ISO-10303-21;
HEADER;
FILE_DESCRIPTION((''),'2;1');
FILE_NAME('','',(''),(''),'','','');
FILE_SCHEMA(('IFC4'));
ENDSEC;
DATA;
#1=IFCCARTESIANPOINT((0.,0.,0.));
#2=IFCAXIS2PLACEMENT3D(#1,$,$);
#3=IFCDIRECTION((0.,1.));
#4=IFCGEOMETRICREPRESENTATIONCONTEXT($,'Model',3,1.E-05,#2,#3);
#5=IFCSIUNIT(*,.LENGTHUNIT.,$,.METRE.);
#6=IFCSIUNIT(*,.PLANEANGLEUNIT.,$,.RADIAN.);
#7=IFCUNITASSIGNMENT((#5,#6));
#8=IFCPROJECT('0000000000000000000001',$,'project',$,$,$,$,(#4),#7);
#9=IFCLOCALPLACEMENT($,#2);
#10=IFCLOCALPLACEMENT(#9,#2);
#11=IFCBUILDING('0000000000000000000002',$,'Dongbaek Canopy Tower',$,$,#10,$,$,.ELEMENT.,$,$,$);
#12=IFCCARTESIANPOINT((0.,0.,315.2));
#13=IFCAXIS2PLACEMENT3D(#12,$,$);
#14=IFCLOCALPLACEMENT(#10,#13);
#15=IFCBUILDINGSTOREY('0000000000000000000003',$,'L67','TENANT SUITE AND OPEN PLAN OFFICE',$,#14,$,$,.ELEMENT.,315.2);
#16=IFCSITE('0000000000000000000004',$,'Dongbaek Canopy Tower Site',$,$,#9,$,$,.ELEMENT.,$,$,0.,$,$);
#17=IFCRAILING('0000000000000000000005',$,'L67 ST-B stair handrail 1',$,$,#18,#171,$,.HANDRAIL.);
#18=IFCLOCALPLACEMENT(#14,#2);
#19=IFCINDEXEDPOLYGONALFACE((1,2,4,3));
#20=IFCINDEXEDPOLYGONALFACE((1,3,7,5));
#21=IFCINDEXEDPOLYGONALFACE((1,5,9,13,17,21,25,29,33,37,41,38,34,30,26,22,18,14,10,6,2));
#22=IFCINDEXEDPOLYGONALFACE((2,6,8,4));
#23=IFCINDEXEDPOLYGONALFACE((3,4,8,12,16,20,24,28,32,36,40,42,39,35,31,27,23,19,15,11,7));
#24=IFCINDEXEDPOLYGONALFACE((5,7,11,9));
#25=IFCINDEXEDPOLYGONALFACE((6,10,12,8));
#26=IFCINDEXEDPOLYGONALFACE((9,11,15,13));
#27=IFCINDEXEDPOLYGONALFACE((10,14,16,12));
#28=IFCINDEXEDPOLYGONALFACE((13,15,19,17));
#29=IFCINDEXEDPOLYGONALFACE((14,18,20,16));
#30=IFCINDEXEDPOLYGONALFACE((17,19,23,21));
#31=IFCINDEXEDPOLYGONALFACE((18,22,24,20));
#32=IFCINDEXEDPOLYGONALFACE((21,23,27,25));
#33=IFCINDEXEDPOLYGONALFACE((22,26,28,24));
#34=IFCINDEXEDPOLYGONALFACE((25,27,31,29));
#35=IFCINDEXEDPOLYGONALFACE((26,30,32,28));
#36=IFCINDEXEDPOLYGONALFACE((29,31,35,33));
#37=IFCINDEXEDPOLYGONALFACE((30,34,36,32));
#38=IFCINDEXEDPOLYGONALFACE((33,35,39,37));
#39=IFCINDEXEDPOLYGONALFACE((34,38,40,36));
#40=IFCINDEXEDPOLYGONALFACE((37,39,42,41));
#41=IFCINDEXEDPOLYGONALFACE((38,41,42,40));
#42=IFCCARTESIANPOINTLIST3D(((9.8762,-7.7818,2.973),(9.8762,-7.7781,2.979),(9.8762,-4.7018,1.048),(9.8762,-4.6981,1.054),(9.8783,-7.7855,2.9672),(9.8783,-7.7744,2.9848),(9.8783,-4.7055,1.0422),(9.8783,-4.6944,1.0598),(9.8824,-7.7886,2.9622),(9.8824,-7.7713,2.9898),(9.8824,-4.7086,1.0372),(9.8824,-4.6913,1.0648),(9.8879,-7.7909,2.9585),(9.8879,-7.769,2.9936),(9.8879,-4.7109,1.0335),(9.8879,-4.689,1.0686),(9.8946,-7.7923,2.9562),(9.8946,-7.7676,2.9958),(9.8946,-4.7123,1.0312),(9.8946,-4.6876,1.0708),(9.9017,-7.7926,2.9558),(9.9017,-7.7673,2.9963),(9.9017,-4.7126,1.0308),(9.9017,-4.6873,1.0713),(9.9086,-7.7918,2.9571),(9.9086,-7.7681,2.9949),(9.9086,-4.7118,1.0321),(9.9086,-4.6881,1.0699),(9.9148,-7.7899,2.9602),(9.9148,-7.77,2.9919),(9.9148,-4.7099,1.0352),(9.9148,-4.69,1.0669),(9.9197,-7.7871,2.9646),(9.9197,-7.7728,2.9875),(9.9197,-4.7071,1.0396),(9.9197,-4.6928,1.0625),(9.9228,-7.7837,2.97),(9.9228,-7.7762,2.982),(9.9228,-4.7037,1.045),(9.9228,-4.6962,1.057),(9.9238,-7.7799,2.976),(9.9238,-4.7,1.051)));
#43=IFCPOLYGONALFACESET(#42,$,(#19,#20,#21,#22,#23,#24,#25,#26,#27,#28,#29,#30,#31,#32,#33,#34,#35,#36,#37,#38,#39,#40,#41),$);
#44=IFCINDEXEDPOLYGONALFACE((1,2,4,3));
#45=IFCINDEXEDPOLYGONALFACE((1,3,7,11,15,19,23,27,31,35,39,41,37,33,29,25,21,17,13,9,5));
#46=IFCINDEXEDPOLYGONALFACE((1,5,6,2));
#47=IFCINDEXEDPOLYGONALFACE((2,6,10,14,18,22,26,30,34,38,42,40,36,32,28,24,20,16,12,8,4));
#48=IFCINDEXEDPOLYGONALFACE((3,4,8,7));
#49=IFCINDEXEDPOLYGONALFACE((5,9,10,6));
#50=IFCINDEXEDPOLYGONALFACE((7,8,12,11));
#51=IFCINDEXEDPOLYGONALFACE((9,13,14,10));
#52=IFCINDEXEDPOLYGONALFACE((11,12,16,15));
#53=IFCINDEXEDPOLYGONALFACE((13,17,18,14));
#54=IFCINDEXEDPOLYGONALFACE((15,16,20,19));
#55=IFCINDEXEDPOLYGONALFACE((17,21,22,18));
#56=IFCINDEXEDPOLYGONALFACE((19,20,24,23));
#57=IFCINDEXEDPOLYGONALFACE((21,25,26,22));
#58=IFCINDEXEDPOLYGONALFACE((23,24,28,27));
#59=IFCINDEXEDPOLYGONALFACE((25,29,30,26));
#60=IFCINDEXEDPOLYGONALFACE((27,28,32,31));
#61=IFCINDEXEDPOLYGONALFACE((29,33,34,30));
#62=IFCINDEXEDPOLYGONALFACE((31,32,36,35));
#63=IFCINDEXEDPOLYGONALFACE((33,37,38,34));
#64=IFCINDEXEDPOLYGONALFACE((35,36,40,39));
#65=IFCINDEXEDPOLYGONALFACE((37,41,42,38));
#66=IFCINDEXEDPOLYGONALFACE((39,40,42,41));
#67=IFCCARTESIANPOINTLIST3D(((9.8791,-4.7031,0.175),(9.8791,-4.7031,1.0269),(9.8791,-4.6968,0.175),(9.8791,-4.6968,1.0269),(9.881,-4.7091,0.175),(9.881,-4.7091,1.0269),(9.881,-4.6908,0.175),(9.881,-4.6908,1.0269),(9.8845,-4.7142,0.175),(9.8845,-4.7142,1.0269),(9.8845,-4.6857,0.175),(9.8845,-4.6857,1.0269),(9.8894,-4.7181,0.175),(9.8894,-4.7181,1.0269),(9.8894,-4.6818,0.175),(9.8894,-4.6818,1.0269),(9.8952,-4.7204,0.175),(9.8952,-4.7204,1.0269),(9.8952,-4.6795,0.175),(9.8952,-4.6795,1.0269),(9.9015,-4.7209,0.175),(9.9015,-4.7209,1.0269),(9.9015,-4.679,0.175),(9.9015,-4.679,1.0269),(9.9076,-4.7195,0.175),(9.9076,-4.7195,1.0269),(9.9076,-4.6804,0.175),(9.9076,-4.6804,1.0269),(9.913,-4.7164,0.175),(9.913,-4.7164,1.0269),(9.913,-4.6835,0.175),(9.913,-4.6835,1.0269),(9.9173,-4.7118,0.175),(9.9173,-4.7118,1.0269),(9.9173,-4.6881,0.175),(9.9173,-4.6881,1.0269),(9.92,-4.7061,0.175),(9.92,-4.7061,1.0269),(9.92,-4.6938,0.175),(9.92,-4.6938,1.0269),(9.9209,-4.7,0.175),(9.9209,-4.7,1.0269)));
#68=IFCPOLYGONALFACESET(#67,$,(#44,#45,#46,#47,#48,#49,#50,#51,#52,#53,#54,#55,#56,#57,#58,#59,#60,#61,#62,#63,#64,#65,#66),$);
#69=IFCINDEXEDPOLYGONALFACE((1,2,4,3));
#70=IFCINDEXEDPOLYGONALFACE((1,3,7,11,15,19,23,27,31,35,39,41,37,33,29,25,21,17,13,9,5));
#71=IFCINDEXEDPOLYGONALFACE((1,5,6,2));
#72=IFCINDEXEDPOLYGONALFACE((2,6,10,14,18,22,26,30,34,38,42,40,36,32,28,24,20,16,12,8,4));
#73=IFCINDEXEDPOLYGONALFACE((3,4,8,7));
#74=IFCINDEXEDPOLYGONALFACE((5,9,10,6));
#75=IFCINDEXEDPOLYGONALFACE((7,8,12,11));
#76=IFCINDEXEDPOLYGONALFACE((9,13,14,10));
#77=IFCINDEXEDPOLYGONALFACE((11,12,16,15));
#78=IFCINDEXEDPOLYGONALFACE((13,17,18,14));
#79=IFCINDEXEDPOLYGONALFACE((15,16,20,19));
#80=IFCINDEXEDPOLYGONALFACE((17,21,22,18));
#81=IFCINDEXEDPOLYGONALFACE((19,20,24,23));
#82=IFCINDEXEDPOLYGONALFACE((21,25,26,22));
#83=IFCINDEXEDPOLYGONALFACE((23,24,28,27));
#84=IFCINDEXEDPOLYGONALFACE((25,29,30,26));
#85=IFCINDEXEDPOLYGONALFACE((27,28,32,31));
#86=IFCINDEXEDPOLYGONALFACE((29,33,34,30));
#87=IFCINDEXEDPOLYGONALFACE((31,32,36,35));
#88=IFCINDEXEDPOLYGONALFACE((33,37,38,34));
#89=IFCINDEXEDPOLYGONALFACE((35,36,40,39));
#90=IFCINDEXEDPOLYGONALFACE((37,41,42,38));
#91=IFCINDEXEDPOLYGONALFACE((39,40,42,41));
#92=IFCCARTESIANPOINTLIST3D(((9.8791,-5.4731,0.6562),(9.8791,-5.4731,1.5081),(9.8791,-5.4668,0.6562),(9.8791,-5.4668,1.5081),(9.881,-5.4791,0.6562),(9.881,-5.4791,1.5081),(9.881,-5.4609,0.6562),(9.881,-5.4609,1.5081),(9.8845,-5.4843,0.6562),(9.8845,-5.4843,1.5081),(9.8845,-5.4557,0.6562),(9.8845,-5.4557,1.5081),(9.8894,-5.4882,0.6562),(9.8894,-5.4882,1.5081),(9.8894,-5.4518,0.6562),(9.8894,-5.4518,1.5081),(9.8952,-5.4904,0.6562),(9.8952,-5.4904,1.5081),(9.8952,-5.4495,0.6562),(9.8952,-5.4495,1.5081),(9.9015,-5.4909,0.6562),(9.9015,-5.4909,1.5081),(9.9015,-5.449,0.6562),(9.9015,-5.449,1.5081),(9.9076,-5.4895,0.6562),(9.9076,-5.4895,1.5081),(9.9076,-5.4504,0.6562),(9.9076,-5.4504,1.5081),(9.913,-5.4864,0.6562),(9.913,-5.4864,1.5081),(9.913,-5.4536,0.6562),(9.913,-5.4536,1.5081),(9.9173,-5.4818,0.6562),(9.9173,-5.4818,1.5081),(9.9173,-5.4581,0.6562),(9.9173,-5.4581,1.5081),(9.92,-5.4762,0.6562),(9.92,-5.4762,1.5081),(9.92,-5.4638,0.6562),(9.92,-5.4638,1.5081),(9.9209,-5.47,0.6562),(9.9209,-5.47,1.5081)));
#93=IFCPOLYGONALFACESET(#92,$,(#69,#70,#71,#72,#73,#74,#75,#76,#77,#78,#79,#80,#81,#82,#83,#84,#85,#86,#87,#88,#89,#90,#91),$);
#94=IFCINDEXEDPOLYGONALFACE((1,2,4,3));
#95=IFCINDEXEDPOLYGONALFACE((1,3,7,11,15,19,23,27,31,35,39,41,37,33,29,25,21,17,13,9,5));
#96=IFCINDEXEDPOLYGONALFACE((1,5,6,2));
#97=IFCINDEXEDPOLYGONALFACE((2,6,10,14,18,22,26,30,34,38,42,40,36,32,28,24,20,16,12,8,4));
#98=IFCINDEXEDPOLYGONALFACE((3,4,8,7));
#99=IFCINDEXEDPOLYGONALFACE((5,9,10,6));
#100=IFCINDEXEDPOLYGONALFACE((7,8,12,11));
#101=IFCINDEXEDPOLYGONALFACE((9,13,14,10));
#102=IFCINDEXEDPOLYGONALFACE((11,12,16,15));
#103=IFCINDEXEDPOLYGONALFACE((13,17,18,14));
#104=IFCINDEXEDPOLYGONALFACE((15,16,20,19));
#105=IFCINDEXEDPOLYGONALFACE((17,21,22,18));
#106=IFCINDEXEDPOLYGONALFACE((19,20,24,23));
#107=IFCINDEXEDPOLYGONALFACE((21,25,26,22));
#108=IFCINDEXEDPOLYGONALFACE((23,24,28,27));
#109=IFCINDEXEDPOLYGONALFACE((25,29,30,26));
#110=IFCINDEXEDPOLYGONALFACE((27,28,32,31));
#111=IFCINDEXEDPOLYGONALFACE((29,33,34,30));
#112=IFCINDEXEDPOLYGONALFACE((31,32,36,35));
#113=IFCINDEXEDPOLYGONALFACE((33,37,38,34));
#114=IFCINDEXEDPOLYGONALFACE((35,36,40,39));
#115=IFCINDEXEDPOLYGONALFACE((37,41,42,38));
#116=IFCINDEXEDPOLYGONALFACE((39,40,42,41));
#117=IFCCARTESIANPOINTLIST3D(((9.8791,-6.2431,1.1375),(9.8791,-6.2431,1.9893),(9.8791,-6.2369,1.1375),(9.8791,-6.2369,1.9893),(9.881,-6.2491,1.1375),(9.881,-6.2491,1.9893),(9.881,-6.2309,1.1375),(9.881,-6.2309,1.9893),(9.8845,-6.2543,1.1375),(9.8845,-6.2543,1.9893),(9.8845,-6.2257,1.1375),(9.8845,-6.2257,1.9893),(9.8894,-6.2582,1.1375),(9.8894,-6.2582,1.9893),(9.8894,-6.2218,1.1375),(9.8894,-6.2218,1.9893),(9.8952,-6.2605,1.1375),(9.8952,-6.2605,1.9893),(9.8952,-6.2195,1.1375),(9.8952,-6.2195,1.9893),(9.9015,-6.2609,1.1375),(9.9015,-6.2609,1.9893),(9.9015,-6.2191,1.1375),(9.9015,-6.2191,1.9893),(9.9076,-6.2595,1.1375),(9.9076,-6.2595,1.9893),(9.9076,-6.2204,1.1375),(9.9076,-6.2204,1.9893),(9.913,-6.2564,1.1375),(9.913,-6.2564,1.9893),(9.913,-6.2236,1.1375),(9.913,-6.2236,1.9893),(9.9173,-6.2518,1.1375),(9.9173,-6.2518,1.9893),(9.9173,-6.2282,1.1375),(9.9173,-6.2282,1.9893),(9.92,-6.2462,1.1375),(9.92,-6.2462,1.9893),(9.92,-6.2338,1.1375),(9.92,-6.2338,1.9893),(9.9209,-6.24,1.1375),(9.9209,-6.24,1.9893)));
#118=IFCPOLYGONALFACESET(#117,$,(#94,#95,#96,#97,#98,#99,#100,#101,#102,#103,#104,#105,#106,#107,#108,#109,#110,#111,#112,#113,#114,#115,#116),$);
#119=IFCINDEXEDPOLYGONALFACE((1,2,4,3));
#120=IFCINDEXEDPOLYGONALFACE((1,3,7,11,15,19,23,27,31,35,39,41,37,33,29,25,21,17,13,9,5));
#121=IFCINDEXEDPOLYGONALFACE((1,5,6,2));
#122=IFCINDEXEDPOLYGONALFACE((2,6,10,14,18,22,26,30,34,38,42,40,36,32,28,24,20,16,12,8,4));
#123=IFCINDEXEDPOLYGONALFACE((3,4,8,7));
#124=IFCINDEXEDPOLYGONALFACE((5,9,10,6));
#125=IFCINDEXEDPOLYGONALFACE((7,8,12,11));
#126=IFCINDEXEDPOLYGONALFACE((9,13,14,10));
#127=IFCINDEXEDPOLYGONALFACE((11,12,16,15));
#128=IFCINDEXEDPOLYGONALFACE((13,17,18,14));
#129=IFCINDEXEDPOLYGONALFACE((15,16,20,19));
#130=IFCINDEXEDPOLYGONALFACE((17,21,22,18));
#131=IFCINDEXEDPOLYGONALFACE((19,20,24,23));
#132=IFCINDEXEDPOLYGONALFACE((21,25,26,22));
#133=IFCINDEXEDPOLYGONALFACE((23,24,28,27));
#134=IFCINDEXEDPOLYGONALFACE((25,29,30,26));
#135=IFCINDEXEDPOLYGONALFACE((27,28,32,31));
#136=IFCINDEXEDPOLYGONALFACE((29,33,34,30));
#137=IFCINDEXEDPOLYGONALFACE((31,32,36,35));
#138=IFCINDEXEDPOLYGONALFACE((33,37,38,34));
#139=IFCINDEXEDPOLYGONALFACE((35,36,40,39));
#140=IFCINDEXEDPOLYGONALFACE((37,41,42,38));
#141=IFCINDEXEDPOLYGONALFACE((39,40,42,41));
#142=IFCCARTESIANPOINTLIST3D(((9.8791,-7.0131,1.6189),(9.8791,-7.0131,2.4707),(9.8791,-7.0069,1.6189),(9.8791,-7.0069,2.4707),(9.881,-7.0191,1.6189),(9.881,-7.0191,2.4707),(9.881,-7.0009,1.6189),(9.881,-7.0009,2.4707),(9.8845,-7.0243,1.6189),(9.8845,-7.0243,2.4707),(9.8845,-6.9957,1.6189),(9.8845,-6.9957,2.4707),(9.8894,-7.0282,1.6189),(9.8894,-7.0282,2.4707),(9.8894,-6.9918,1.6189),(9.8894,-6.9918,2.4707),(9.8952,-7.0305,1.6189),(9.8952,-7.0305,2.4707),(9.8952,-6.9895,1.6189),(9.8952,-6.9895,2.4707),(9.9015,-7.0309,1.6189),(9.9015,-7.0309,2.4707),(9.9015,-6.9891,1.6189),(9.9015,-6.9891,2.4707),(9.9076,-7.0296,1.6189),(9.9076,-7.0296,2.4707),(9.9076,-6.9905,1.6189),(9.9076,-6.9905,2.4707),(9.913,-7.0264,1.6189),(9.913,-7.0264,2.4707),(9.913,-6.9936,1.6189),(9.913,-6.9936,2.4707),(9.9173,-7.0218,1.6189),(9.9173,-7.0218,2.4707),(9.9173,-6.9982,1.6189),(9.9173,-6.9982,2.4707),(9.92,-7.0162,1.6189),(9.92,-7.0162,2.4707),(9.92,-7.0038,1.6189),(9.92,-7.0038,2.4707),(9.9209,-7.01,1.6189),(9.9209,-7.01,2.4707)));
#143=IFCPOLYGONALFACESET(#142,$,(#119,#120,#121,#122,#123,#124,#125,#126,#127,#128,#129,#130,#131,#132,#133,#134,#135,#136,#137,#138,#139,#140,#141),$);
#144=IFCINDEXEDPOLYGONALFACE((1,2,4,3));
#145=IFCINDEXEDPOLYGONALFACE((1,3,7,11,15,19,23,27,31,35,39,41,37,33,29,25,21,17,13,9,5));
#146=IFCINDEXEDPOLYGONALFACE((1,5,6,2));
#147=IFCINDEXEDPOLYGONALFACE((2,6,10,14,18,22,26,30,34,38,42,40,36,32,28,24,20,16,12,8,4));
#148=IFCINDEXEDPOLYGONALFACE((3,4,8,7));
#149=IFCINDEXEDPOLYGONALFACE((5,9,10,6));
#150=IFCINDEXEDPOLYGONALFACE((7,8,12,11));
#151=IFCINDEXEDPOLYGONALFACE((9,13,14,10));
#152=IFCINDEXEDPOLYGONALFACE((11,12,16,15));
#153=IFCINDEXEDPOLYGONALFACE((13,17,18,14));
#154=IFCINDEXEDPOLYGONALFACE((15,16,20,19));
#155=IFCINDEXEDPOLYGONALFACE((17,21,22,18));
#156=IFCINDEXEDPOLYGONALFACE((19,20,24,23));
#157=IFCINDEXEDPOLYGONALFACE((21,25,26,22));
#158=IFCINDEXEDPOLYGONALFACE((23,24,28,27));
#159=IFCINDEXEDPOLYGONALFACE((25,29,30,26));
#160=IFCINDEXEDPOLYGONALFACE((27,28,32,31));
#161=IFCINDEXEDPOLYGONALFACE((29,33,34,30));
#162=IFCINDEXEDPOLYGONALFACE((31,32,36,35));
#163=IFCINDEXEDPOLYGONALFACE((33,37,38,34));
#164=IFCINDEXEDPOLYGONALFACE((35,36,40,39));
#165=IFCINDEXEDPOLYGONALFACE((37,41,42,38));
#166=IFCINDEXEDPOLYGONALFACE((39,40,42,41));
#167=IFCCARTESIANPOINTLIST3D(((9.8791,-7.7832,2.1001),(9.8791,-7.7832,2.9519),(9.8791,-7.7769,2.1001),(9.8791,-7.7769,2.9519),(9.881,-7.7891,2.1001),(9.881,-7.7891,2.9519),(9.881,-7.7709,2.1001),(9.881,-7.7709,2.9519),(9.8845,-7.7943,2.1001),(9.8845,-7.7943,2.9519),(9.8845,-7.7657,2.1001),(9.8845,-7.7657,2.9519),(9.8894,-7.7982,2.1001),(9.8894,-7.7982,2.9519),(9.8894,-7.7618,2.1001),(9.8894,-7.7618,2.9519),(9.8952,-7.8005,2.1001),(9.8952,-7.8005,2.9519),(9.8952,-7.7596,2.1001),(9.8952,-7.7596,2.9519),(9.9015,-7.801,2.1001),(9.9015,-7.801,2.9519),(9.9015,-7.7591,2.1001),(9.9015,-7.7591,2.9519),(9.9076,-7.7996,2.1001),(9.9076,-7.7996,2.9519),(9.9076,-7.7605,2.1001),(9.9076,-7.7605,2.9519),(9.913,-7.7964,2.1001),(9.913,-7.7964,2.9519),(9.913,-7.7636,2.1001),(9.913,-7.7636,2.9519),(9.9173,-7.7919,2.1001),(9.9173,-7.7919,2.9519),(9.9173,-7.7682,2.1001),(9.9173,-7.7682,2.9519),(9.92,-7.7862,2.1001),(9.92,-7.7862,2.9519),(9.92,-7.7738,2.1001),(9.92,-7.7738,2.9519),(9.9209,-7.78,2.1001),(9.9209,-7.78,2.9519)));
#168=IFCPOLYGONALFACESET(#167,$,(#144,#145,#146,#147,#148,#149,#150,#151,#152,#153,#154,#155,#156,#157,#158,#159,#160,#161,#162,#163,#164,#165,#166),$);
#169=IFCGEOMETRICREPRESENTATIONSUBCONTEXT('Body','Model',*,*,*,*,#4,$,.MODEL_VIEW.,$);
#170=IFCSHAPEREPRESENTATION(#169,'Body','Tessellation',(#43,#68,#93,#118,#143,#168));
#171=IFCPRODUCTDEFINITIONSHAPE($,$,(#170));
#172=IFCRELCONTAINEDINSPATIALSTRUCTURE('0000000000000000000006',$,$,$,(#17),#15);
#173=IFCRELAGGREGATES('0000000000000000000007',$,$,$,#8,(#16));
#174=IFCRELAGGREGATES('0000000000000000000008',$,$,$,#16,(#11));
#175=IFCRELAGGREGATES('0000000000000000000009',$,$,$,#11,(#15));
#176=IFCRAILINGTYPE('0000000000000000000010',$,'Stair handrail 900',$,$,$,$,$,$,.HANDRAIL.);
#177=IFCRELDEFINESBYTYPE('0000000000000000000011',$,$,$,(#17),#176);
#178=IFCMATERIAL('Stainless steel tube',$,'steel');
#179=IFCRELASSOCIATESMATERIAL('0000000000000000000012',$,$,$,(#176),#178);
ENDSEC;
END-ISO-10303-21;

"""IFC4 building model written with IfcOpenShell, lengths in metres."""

from ifc_helpers import new_model, si_unit, direction, frame, origin, origin_2d, place, context, subcontext, project, spatial, circle, extrude, material, type_object, element, save


model = new_model("IFC4")

# Units and contexts
model_context = context("Model", 3, precision=1e-05, world=origin(), true_north=direction((0.0, 1.0)))
body_context = subcontext(model_context, "Body", "Model", "MODEL_VIEW")
ifc_project = project(units=[si_unit("LENGTHUNIT", "METRE"), si_unit("PLANEANGLEUNIT", "RADIAN")], contexts=[model_context])

# Site, building, storey
site_placement = place(None, origin())
site = spatial("IfcSite", under=ifc_project, at=site_placement, Name="Dongbaek Canopy Tower Site", CompositionType="ELEMENT", RefElevation=0.0)
building_placement = place(site_placement, origin())
building = spatial("IfcBuilding", under=site, at=building_placement, Name="Dongbaek Canopy Tower", CompositionType="ELEMENT")
storey_placement = place(building_placement, frame((0.0, 0.0, 315.2)))
storey = spatial("IfcBuildingStorey", under=building, at=storey_placement, Name="L67", Description="TENANT SUITE AND OPEN PLAN OFFICE", CompositionType="ELEMENT", Elevation=315.2)

# Railing
ifc_material_1 = material(Name="Stainless steel tube", Category="steel")
railing_type_1 = type_object("IfcRailingType", Name="Stair handrail 900", PredefinedType="HANDRAIL", material=ifc_material_1)
railing_1_placement = place(storey_placement, frame((9.8999, -4.7, 0.175)))
element("IfcRailing", 1, at=railing_1_placement, inside=storey, type_object=railing_type_1, Name="L67 ST-B stair handrail 1", PredefinedType="HANDRAIL", context=body_context, shape_type="SweptSolid", body=[
    extrude(circle(Radius=0.0239, at=origin_2d()), frame((0.0, 0.0, 0.876), z_axis=(0.0, -0.847998, 0.529999), x_axis=(1.0, 0.0, 0.0)), (0.0, 0.0, 1.0), 3.6321),
    extrude(circle(Radius=0.021, at=origin_2d()), origin(), (0.0, 0.0, 1.0), 0.8518),
    extrude(circle(Radius=0.021, at=origin_2d()), frame((0.0, -0.77, 0.4812)), (0.0, 0.0, 1.0), 0.8518),
    extrude(circle(Radius=0.021, at=origin_2d()), frame((0.0, -1.54, 0.9624)), (0.0, 0.0, 1.0), 0.8518),
    extrude(circle(Radius=0.021, at=origin_2d()), frame((0.0, -2.3101, 1.4438)), (0.0, 0.0, 1.0), 0.8518),
    extrude(circle(Radius=0.021, at=origin_2d()), frame((0.0, -3.0801, 1.925)), (0.0, 0.0, 1.0), 0.8518),
])

save(model, "model.ifc")
